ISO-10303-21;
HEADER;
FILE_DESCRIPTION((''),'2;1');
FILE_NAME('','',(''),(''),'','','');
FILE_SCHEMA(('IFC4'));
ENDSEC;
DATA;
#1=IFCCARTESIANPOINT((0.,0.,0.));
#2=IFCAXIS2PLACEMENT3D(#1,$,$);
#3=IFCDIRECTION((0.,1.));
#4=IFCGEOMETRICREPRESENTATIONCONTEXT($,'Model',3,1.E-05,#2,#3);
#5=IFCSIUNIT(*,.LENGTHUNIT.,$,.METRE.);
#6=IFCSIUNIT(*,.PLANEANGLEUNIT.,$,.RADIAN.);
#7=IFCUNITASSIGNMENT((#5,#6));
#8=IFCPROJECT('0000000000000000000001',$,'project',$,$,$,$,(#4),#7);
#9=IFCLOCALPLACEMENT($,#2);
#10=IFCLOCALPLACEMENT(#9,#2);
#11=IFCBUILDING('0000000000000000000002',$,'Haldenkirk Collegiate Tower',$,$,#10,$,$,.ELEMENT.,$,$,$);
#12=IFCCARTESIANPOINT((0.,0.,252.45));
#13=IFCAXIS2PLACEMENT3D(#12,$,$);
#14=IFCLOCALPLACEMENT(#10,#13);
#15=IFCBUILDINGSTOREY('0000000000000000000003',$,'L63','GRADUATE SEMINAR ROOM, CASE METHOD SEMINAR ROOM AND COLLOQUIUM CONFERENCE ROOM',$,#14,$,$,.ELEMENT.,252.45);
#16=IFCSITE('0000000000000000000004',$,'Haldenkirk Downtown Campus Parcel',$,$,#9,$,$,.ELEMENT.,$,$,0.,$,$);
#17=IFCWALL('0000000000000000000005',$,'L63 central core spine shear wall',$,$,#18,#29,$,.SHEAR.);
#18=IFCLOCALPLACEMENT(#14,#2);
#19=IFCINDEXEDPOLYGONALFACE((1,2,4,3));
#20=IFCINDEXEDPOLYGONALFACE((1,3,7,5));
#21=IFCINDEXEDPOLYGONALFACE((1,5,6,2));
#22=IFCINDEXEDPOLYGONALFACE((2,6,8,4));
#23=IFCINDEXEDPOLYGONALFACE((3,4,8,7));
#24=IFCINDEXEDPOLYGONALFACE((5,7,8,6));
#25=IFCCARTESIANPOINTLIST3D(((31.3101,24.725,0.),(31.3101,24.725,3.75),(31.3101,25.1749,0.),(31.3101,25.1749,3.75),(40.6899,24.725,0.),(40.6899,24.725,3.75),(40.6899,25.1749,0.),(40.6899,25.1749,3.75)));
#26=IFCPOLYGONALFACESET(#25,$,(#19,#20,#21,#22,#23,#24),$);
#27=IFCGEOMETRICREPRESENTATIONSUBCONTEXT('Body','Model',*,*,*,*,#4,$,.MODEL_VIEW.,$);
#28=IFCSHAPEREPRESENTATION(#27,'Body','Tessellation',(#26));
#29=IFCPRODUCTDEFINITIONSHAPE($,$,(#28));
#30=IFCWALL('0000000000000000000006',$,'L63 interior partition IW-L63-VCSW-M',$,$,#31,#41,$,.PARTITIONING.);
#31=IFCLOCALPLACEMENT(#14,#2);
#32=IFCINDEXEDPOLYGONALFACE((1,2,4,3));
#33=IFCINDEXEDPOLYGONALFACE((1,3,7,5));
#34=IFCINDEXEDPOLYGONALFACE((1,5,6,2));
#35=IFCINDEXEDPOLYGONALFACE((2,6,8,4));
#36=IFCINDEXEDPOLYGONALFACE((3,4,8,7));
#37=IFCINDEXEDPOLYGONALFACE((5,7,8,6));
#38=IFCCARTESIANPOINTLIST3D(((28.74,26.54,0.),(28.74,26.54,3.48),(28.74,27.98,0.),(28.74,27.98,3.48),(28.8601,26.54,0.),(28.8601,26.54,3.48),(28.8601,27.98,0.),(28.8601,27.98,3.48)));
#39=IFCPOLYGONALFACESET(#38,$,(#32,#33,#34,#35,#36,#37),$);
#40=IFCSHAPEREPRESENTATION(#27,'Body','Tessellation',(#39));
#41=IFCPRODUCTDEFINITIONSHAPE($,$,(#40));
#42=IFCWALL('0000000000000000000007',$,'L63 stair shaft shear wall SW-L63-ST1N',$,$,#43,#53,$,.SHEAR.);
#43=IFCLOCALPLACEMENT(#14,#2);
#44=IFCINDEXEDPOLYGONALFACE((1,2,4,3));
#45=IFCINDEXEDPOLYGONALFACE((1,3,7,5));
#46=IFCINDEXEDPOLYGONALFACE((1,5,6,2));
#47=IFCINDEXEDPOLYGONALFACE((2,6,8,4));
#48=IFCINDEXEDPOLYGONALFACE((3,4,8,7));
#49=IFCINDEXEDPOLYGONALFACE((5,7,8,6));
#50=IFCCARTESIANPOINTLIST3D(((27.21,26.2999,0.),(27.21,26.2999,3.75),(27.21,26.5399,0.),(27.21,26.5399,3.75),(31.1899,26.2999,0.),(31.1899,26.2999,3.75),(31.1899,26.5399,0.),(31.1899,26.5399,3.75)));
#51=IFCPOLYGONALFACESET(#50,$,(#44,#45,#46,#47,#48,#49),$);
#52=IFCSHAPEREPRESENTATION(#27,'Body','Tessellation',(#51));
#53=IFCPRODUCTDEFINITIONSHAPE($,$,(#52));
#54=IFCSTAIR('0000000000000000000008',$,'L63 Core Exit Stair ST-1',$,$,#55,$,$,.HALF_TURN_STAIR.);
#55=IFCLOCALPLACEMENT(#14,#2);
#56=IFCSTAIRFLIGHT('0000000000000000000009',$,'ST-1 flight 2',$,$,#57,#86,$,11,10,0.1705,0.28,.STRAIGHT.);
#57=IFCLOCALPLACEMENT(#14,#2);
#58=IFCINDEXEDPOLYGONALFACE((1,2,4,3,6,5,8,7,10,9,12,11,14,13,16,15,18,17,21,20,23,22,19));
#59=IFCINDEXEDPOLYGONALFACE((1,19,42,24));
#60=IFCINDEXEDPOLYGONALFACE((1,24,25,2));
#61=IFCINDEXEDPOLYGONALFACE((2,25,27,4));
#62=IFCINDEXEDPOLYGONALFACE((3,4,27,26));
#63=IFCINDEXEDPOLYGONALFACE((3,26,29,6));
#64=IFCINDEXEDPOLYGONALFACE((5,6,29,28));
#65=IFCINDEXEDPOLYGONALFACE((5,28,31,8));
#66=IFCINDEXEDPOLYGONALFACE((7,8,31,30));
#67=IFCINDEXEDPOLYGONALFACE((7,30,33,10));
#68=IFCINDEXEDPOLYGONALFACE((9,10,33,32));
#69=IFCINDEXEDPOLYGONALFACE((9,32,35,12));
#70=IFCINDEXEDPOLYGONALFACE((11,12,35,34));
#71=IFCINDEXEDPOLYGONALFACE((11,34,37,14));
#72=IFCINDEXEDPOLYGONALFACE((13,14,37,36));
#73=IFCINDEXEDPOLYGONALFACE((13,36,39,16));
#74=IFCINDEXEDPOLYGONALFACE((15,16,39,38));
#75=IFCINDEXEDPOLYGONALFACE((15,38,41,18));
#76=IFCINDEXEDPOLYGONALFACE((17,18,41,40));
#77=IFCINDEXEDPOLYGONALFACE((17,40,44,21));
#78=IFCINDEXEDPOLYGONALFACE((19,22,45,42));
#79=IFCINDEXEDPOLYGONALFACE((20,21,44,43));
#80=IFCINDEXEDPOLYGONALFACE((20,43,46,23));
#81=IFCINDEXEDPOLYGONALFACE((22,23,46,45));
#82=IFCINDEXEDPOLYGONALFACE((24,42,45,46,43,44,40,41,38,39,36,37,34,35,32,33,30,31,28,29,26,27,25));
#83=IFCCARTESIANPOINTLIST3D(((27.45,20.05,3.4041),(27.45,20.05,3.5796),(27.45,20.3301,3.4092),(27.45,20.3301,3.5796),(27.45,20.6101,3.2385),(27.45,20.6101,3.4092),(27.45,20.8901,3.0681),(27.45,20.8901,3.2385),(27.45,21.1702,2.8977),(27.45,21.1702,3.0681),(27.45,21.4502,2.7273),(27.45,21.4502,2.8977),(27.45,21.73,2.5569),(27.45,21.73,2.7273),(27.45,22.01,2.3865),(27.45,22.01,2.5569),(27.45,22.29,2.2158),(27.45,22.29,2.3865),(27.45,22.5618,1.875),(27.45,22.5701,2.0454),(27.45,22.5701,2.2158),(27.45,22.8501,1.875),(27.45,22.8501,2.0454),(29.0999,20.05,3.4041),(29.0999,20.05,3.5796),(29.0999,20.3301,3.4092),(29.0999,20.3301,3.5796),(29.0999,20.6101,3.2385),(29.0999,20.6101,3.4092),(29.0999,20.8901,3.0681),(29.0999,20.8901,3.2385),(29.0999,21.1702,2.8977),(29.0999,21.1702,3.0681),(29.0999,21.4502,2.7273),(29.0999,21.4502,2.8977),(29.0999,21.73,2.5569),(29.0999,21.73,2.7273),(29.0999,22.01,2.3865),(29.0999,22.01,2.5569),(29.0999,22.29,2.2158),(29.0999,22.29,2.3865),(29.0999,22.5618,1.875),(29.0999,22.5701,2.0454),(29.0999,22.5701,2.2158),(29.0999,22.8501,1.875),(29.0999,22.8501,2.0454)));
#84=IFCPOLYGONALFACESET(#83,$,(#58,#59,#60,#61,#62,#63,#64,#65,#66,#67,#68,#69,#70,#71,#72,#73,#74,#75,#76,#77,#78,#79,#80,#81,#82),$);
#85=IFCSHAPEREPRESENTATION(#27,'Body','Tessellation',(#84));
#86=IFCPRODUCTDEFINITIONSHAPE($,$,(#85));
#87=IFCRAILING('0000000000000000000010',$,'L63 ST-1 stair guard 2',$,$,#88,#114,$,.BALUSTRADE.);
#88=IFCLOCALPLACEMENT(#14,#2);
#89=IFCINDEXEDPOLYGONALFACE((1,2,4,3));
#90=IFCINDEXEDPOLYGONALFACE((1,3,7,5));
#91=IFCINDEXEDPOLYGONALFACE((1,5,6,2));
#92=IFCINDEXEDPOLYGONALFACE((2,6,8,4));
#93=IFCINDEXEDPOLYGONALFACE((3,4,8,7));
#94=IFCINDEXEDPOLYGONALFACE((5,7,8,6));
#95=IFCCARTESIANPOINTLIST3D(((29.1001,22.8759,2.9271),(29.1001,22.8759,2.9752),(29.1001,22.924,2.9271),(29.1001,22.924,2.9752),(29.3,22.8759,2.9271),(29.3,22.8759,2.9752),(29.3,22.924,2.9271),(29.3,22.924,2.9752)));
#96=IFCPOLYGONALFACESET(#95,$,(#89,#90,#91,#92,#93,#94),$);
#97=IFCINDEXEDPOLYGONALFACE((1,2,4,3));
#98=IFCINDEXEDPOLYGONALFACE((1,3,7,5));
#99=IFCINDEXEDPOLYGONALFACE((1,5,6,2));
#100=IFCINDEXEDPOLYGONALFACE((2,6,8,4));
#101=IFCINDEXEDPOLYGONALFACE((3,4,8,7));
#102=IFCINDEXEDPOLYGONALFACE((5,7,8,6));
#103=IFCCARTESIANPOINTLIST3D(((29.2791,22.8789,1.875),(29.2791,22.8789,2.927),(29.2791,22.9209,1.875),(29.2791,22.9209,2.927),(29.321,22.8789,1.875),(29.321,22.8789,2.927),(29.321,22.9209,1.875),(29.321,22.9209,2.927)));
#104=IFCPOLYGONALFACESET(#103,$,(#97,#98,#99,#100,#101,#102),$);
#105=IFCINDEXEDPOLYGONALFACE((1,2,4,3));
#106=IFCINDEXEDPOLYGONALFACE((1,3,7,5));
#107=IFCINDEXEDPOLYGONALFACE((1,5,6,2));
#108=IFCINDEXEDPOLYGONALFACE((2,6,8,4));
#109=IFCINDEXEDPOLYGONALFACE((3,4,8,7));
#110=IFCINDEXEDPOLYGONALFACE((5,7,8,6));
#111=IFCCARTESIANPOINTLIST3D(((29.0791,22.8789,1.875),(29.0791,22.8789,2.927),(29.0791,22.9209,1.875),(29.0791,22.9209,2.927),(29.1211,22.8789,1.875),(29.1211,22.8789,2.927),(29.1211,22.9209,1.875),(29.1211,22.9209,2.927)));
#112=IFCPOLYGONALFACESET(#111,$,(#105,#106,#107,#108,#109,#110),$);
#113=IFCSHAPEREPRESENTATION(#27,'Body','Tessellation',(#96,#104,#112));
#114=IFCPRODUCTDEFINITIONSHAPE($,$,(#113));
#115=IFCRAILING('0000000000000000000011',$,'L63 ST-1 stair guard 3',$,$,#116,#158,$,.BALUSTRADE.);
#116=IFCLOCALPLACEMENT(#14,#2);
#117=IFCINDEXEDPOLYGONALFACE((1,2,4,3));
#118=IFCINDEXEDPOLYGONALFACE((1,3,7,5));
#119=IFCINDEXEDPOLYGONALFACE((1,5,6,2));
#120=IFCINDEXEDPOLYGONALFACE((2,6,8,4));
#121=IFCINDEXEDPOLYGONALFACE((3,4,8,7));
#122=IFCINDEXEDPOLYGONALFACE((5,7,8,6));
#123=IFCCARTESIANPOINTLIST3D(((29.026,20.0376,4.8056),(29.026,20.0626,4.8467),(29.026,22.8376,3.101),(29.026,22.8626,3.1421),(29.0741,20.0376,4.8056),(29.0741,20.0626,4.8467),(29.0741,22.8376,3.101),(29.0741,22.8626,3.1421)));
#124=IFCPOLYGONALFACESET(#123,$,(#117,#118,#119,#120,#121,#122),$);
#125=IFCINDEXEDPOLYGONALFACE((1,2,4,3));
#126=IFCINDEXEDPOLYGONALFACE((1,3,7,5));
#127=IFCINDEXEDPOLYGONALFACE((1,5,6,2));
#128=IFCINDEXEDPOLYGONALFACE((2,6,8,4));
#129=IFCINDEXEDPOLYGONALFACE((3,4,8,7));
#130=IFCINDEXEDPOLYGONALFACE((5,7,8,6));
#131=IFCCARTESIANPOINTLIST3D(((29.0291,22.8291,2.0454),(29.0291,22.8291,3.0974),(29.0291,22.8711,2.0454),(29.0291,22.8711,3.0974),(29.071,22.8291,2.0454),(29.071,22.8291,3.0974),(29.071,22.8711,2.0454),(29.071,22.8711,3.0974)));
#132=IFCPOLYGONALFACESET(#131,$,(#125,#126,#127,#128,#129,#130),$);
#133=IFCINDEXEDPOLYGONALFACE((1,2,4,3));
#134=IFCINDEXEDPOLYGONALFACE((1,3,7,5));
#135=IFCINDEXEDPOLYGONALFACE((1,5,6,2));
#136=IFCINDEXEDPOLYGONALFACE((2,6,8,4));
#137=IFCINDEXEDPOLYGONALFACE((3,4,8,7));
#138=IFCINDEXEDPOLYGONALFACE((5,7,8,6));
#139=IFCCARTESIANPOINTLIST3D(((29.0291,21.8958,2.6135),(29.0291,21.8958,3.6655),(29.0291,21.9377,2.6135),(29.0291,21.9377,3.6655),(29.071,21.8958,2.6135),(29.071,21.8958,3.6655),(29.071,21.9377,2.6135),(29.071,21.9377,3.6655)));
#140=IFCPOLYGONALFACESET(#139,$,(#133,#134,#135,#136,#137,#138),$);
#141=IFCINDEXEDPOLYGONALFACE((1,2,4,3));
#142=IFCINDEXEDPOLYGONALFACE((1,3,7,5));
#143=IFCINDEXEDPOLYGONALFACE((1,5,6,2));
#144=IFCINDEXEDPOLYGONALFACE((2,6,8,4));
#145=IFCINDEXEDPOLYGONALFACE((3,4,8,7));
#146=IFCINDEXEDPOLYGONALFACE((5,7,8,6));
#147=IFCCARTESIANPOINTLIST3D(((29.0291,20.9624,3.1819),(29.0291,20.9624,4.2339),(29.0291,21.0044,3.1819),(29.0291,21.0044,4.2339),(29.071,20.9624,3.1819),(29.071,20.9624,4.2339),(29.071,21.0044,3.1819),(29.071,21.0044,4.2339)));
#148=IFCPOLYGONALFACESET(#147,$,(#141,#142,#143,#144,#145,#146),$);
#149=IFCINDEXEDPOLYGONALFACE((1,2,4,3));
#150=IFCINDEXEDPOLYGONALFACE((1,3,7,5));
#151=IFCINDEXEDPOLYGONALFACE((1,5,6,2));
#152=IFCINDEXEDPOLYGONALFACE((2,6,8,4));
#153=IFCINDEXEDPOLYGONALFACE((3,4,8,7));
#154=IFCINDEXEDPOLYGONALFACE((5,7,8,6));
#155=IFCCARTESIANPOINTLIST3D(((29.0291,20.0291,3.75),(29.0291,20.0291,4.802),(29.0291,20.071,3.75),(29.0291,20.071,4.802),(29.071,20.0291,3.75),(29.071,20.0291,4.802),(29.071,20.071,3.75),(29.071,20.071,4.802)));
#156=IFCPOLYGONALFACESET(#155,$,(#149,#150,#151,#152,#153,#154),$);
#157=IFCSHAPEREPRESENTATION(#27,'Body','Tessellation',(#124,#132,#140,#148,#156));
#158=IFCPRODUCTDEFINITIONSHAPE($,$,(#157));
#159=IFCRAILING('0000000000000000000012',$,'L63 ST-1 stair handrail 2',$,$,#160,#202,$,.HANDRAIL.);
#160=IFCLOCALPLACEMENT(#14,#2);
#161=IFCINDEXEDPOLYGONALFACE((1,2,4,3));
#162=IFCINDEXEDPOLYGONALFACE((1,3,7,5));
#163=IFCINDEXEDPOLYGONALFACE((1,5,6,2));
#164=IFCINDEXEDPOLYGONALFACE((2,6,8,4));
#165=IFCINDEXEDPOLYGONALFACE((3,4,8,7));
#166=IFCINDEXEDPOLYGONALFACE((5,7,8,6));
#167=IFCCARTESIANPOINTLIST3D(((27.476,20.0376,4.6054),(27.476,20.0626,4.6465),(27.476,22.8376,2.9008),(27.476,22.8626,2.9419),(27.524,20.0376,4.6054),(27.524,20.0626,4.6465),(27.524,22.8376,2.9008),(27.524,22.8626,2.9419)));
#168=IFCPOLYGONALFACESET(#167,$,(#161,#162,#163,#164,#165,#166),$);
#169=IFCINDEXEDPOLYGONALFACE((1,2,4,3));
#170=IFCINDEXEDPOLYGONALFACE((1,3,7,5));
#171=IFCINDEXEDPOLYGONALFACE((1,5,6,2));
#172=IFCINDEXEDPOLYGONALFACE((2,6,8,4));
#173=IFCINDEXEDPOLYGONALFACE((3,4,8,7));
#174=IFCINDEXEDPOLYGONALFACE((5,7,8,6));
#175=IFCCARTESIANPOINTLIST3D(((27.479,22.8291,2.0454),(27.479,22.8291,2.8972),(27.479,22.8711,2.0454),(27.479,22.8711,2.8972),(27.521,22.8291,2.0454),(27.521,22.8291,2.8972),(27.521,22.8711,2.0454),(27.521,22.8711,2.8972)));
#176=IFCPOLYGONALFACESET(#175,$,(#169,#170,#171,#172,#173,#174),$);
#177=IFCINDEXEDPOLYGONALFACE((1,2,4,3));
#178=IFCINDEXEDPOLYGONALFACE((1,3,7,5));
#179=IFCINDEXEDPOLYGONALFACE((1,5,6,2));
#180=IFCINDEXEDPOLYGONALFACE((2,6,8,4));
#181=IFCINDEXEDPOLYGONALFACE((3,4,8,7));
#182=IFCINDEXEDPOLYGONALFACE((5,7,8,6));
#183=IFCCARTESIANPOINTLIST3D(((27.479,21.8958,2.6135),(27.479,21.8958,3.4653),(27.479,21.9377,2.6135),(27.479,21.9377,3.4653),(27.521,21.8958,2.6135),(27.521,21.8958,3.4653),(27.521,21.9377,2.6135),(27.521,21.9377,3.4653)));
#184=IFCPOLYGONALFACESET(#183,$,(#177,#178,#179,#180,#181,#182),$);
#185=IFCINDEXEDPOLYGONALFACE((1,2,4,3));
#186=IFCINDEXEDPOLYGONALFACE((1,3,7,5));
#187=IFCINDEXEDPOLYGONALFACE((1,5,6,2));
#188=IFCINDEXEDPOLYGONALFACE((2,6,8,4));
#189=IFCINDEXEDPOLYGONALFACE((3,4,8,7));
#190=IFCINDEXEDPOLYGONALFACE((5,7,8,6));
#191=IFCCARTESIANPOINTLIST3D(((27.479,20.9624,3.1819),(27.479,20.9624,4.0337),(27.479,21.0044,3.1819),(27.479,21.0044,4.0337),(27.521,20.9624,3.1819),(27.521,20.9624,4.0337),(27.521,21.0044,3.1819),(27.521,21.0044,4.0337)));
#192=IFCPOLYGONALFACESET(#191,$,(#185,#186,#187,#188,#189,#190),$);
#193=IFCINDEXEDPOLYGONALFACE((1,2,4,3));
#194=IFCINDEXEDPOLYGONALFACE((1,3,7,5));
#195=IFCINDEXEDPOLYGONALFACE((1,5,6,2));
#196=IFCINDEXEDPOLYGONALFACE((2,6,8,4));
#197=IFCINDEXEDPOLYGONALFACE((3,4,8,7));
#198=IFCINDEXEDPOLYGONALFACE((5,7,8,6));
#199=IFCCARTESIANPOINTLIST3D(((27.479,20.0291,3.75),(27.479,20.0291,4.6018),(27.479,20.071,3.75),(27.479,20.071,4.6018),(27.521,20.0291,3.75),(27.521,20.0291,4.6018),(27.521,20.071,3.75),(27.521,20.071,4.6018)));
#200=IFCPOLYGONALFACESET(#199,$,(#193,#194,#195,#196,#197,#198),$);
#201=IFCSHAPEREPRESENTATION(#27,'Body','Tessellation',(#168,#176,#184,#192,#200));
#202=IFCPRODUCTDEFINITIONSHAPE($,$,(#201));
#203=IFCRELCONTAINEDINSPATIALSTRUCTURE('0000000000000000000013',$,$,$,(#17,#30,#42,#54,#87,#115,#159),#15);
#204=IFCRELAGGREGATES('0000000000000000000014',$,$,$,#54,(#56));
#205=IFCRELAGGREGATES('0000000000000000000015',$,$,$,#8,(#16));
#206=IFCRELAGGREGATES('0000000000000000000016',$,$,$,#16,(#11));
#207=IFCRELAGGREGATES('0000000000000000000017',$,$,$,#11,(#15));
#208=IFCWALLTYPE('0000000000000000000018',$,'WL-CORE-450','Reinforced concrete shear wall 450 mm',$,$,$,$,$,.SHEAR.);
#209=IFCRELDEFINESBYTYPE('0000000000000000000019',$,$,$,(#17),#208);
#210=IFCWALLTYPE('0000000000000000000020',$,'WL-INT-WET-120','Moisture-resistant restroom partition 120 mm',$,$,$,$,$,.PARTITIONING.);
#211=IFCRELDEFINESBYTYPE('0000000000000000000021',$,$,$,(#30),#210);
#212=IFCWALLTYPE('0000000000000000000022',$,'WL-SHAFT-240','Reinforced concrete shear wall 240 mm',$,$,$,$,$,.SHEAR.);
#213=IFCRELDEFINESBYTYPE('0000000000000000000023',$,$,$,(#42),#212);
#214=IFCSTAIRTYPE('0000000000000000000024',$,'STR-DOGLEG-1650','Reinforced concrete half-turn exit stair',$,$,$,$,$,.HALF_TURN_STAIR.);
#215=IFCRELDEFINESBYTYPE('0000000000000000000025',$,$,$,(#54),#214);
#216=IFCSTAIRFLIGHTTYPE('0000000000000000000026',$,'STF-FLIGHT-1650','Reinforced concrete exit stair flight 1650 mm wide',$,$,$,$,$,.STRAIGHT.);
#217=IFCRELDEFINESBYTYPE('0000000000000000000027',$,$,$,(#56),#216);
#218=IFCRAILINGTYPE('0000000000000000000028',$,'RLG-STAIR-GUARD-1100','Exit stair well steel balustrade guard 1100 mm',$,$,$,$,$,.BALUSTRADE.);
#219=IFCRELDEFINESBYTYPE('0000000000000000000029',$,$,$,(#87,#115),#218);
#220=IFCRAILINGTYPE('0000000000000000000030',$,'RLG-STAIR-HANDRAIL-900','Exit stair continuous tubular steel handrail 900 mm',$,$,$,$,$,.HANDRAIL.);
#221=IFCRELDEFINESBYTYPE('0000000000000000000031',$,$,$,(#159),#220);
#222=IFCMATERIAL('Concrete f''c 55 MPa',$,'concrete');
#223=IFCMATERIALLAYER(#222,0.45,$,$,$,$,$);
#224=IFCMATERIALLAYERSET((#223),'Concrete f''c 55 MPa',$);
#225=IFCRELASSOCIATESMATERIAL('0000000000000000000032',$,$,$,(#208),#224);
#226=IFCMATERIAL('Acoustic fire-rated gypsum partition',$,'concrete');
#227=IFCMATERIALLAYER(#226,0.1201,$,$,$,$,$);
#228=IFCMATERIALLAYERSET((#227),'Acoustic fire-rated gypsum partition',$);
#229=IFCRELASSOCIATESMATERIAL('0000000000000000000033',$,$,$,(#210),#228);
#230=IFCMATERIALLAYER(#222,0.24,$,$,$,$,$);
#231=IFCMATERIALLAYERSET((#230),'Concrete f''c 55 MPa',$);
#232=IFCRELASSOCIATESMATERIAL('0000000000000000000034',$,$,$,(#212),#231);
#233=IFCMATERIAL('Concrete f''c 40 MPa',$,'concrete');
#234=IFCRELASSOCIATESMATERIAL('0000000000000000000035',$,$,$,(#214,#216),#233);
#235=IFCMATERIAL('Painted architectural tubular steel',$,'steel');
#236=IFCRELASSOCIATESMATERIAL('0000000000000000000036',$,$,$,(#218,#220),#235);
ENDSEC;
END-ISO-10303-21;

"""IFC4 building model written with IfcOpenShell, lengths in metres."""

from ifc_helpers import new_model, si_unit, direction, frame, frame_2d, origin, origin_2d, place, context, subcontext, project, spatial, polyline, rectangle, outline, extrude, material, layer, layer_set, type_object, element, aggregate, save


model = new_model("IFC4")

# Units and contexts
model_context = context("Model", 3, precision=1e-05, world=origin(), true_north=direction((0.0, 1.0)))
body_context = subcontext(model_context, "Body", "Model", "MODEL_VIEW")
ifc_project = project(units=[si_unit("LENGTHUNIT", "METRE"), si_unit("PLANEANGLEUNIT", "RADIAN")], contexts=[model_context])

# Site, building, storey
site_placement = place(None, origin())
site = spatial("IfcSite", under=ifc_project, at=site_placement, Name="Haldenkirk Downtown Campus Parcel", CompositionType="ELEMENT", RefElevation=0.0)
building_placement = place(site_placement, origin())
building = spatial("IfcBuilding", under=site, at=building_placement, Name="Haldenkirk Collegiate Tower", CompositionType="ELEMENT")
storey_placement = place(building_placement, frame((0.0, 0.0, 252.45)))
storey = spatial("IfcBuildingStorey", under=building, at=storey_placement, Name="L63", Description="GRADUATE SEMINAR ROOM, CASE METHOD SEMINAR ROOM AND COLLOQUIUM CONFERENCE ROOM", CompositionType="ELEMENT", Elevation=252.45)

# Wall
ifc_material_1 = material(Name="Concrete f'c 55 MPa", Category="concrete")
ifc_layer_1 = layer(ifc_material_1, 0.45)
ifc_layer_set_1 = layer_set([ifc_layer_1], Name="Concrete f'c 55 MPa")
wall_type_1 = type_object("IfcWallType", Name="WL-CORE-450", Description="Reinforced concrete shear wall 450 mm", PredefinedType="SHEAR", material=ifc_layer_set_1)
wall_1_placement = place(storey_placement, frame((31.3101, 24.95, 0.0), z_axis=(0.0, 0.0, 1.0), x_axis=(1.0, 0.0, 0.0)))
element("IfcWall", 1, at=wall_1_placement, inside=storey, type_object=wall_type_1, Name="L63 central core spine shear wall", PredefinedType="SHEAR", context=body_context, shape_type="SweptSolid", body=[
    extrude(rectangle(XDim=9.3799, YDim=0.45, at=frame_2d((4.6899, 0.0))), origin(), (0.0, 0.0, 1.0), 3.75),
])

# Walls
ifc_material_2 = material(Name="Acoustic fire-rated gypsum partition", Category="concrete")
ifc_layer_2 = layer(ifc_material_2, 0.1201)
ifc_layer_set_2 = layer_set([ifc_layer_2], Name="Acoustic fire-rated gypsum partition")
wall_type_2 = type_object("IfcWallType", Name="WL-INT-WET-120", Description="Moisture-resistant restroom partition 120 mm", PredefinedType="PARTITIONING", material=ifc_layer_set_2)
wall_2_placement = place(storey_placement, frame((28.8, 26.54, 0.0), z_axis=(0.0, 0.0, 1.0), x_axis=(0.0, 1.0, 0.0)))
element("IfcWall", 2, at=wall_2_placement, inside=storey, type_object=wall_type_2, Name="L63 interior partition IW-L63-VCSW-M", PredefinedType="PARTITIONING", context=body_context, shape_type="SweptSolid", body=[
    extrude(rectangle(XDim=1.4399, YDim=0.1201, at=frame_2d((0.72, 0.0))), origin(), (0.0, 0.0, 1.0), 3.48),
])
ifc_layer_3 = layer(ifc_material_1, 0.24)
ifc_layer_set_3 = layer_set([ifc_layer_3], Name="Concrete f'c 55 MPa")
wall_type_3 = type_object("IfcWallType", Name="WL-SHAFT-240", Description="Reinforced concrete shear wall 240 mm", PredefinedType="SHEAR", material=ifc_layer_set_3)
wall_3_placement = place(storey_placement, frame((27.21, 26.4199, 0.0), z_axis=(0.0, 0.0, 1.0), x_axis=(1.0, 0.0, 0.0)))
element("IfcWall", 3, at=wall_3_placement, inside=storey, type_object=wall_type_3, Name="L63 stair shaft shear wall SW-L63-ST1N", PredefinedType="SHEAR", context=body_context, shape_type="SweptSolid", body=[
    extrude(rectangle(XDim=3.98, YDim=0.24, at=frame_2d((1.99, 0.0))), origin(), (0.0, 0.0, 1.0), 3.75),
])

# Stair, stair flight
ifc_material_3 = material(Name="Concrete f'c 40 MPa", Category="concrete")
stair_type = type_object("IfcStairType", Name="STR-DOGLEG-1650", Description="Reinforced concrete half-turn exit stair", PredefinedType="HALF_TURN_STAIR", material=ifc_material_3)
stair_placement = place(storey_placement, origin())
stair = element("IfcStair", 4, at=stair_placement, inside=storey, type_object=stair_type, Name="L63 Core Exit Stair ST-1", PredefinedType="HALF_TURN_STAIR")
stair_flight_type = type_object("IfcStairFlightType", Name="STF-FLIGHT-1650", Description="Reinforced concrete exit stair flight 1650 mm wide", PredefinedType="STRAIGHT", material=ifc_material_3)
stair_flight_placement = place(storey_placement, frame((28.2749, 22.8501, 1.875), z_axis=(0.0, 0.0, 1.0), x_axis=(0.0, -1.0, 0.0)))
stair_flight = element("IfcStairFlight", 5, at=stair_flight_placement, type_object=stair_flight_type, Name="ST-1 flight 2", NumberOfRisers=11, NumberOfTreads=10, PredefinedType="STRAIGHT", RiserHeight=0.1705, TreadLength=0.28, context=body_context, shape_type="SweptSolid", body=[
    extrude(outline(polyline([(0.0, 0.0), (0.0, 0.1704), (0.28, 0.1704), (0.28, 0.3408), (0.5601, 0.3408), (0.5601, 0.5115), (0.8401, 0.5115), (0.8401, 0.6819), (1.1201, 0.6819), (1.1201, 0.8523), (1.3999, 0.8523), (1.3999, 1.0227), (1.6799, 1.0227), (1.6799, 1.1931), (1.96, 1.1931), (1.96, 1.3635), (2.24, 1.3635), (2.24, 1.5342), (2.52, 1.5342), (2.52, 1.7046), (2.8, 1.7046), (2.8, 1.875), (2.8, 1.5291), (0.2883, 0.0), (0.0, 0.0)])), frame((0.0, 0.825, 0.0), z_axis=(0.0, -1.0, 0.0), x_axis=(1.0, 0.0, 0.0)), (0.0, 0.0, 1.0), 1.6499),
])
aggregate(stair, [stair_flight])

# Railings
ifc_material_4 = material(Name="Painted architectural tubular steel", Category="steel")
railing_type_1 = type_object("IfcRailingType", Name="RLG-STAIR-GUARD-1100", Description="Exit stair well steel balustrade guard 1100 mm", PredefinedType="BALUSTRADE", material=ifc_material_4)
railing_1_placement = place(storey_placement, frame((29.3, 22.8999, 1.875)))
element("IfcRailing", 6, at=railing_1_placement, inside=storey, type_object=railing_type_1, Name="L63 ST-1 stair guard 2", PredefinedType="BALUSTRADE", context=body_context, shape_type="SweptSolid", body=[
    extrude(rectangle(XDim=0.0481, YDim=0.0481, at=origin_2d()), frame((0.0, 0.0, 1.0762), z_axis=(-1.0, 0.0, 0.0), x_axis=(0.0, -1.0, 0.0)), (0.0, 0.0, 1.0), 0.2),
    extrude(rectangle(XDim=0.042, YDim=0.042, at=origin_2d()), origin(), (0.0, 0.0, 1.0), 1.052),
    extrude(rectangle(XDim=0.042, YDim=0.042, at=origin_2d()), frame((-0.2, 0.0, 0.0)), (0.0, 0.0, 1.0), 1.052),
])
railing_2_placement = place(storey_placement, frame((29.05, 22.8501, 2.0454)))
element("IfcRailing", 7, at=railing_2_placement, inside=storey, type_object=railing_type_1, Name="L63 ST-1 stair guard 3", PredefinedType="BALUSTRADE", context=body_context, shape_type="SweptSolid", body=[
    extrude(rectangle(XDim=0.0481, YDim=0.0481, at=origin_2d()), frame((0.0, 0.0, 1.0762), z_axis=(0.0, -0.85417, 0.519994), x_axis=(1.0, 0.0, 0.0)), (0.0, 0.0, 1.0), 3.2781),
    extrude(rectangle(XDim=0.042, YDim=0.042, at=origin_2d()), origin(), (0.0, 0.0, 1.0), 1.052),
    extrude(rectangle(XDim=0.042, YDim=0.042, at=origin_2d()), frame((0.0, -0.9333, 0.5681)), (0.0, 0.0, 1.0), 1.052),
    extrude(rectangle(XDim=0.042, YDim=0.042, at=origin_2d()), frame((0.0, -1.8667, 1.1365)), (0.0, 0.0, 1.0), 1.052),
    extrude(rectangle(XDim=0.042, YDim=0.042, at=origin_2d()), frame((0.0, -2.8, 1.7046)), (0.0, 0.0, 1.0), 1.052),
])
railing_type_2 = type_object("IfcRailingType", Name="RLG-STAIR-HANDRAIL-900", Description="Exit stair continuous tubular steel handrail 900 mm", PredefinedType="HANDRAIL", material=ifc_material_4)
railing_3_placement = place(storey_placement, frame((27.5, 22.8501, 2.0454)))
element("IfcRailing", 8, at=railing_3_placement, inside=storey, type_object=railing_type_2, Name="L63 ST-1 stair handrail 2", PredefinedType="HANDRAIL", context=body_context, shape_type="SweptSolid", body=[
    extrude(rectangle(XDim=0.0481, YDim=0.0481, at=origin_2d()), frame((0.0, 0.0, 0.876), z_axis=(0.0, -0.85417, 0.519994), x_axis=(1.0, 0.0, 0.0)), (0.0, 0.0, 1.0), 3.2781),
    extrude(rectangle(XDim=0.042, YDim=0.042, at=origin_2d()), origin(), (0.0, 0.0, 1.0), 0.8518),
    extrude(rectangle(XDim=0.042, YDim=0.042, at=origin_2d()), frame((0.0, -0.9333, 0.5681)), (0.0, 0.0, 1.0), 0.8518),
    extrude(rectangle(XDim=0.042, YDim=0.042, at=origin_2d()), frame((0.0, -1.8667, 1.1365)), (0.0, 0.0, 1.0), 0.8518),
    extrude(rectangle(XDim=0.042, YDim=0.042, at=origin_2d()), frame((0.0, -2.8, 1.7046)), (0.0, 0.0, 1.0), 0.8518),
])

save(model, "model.ifc")
